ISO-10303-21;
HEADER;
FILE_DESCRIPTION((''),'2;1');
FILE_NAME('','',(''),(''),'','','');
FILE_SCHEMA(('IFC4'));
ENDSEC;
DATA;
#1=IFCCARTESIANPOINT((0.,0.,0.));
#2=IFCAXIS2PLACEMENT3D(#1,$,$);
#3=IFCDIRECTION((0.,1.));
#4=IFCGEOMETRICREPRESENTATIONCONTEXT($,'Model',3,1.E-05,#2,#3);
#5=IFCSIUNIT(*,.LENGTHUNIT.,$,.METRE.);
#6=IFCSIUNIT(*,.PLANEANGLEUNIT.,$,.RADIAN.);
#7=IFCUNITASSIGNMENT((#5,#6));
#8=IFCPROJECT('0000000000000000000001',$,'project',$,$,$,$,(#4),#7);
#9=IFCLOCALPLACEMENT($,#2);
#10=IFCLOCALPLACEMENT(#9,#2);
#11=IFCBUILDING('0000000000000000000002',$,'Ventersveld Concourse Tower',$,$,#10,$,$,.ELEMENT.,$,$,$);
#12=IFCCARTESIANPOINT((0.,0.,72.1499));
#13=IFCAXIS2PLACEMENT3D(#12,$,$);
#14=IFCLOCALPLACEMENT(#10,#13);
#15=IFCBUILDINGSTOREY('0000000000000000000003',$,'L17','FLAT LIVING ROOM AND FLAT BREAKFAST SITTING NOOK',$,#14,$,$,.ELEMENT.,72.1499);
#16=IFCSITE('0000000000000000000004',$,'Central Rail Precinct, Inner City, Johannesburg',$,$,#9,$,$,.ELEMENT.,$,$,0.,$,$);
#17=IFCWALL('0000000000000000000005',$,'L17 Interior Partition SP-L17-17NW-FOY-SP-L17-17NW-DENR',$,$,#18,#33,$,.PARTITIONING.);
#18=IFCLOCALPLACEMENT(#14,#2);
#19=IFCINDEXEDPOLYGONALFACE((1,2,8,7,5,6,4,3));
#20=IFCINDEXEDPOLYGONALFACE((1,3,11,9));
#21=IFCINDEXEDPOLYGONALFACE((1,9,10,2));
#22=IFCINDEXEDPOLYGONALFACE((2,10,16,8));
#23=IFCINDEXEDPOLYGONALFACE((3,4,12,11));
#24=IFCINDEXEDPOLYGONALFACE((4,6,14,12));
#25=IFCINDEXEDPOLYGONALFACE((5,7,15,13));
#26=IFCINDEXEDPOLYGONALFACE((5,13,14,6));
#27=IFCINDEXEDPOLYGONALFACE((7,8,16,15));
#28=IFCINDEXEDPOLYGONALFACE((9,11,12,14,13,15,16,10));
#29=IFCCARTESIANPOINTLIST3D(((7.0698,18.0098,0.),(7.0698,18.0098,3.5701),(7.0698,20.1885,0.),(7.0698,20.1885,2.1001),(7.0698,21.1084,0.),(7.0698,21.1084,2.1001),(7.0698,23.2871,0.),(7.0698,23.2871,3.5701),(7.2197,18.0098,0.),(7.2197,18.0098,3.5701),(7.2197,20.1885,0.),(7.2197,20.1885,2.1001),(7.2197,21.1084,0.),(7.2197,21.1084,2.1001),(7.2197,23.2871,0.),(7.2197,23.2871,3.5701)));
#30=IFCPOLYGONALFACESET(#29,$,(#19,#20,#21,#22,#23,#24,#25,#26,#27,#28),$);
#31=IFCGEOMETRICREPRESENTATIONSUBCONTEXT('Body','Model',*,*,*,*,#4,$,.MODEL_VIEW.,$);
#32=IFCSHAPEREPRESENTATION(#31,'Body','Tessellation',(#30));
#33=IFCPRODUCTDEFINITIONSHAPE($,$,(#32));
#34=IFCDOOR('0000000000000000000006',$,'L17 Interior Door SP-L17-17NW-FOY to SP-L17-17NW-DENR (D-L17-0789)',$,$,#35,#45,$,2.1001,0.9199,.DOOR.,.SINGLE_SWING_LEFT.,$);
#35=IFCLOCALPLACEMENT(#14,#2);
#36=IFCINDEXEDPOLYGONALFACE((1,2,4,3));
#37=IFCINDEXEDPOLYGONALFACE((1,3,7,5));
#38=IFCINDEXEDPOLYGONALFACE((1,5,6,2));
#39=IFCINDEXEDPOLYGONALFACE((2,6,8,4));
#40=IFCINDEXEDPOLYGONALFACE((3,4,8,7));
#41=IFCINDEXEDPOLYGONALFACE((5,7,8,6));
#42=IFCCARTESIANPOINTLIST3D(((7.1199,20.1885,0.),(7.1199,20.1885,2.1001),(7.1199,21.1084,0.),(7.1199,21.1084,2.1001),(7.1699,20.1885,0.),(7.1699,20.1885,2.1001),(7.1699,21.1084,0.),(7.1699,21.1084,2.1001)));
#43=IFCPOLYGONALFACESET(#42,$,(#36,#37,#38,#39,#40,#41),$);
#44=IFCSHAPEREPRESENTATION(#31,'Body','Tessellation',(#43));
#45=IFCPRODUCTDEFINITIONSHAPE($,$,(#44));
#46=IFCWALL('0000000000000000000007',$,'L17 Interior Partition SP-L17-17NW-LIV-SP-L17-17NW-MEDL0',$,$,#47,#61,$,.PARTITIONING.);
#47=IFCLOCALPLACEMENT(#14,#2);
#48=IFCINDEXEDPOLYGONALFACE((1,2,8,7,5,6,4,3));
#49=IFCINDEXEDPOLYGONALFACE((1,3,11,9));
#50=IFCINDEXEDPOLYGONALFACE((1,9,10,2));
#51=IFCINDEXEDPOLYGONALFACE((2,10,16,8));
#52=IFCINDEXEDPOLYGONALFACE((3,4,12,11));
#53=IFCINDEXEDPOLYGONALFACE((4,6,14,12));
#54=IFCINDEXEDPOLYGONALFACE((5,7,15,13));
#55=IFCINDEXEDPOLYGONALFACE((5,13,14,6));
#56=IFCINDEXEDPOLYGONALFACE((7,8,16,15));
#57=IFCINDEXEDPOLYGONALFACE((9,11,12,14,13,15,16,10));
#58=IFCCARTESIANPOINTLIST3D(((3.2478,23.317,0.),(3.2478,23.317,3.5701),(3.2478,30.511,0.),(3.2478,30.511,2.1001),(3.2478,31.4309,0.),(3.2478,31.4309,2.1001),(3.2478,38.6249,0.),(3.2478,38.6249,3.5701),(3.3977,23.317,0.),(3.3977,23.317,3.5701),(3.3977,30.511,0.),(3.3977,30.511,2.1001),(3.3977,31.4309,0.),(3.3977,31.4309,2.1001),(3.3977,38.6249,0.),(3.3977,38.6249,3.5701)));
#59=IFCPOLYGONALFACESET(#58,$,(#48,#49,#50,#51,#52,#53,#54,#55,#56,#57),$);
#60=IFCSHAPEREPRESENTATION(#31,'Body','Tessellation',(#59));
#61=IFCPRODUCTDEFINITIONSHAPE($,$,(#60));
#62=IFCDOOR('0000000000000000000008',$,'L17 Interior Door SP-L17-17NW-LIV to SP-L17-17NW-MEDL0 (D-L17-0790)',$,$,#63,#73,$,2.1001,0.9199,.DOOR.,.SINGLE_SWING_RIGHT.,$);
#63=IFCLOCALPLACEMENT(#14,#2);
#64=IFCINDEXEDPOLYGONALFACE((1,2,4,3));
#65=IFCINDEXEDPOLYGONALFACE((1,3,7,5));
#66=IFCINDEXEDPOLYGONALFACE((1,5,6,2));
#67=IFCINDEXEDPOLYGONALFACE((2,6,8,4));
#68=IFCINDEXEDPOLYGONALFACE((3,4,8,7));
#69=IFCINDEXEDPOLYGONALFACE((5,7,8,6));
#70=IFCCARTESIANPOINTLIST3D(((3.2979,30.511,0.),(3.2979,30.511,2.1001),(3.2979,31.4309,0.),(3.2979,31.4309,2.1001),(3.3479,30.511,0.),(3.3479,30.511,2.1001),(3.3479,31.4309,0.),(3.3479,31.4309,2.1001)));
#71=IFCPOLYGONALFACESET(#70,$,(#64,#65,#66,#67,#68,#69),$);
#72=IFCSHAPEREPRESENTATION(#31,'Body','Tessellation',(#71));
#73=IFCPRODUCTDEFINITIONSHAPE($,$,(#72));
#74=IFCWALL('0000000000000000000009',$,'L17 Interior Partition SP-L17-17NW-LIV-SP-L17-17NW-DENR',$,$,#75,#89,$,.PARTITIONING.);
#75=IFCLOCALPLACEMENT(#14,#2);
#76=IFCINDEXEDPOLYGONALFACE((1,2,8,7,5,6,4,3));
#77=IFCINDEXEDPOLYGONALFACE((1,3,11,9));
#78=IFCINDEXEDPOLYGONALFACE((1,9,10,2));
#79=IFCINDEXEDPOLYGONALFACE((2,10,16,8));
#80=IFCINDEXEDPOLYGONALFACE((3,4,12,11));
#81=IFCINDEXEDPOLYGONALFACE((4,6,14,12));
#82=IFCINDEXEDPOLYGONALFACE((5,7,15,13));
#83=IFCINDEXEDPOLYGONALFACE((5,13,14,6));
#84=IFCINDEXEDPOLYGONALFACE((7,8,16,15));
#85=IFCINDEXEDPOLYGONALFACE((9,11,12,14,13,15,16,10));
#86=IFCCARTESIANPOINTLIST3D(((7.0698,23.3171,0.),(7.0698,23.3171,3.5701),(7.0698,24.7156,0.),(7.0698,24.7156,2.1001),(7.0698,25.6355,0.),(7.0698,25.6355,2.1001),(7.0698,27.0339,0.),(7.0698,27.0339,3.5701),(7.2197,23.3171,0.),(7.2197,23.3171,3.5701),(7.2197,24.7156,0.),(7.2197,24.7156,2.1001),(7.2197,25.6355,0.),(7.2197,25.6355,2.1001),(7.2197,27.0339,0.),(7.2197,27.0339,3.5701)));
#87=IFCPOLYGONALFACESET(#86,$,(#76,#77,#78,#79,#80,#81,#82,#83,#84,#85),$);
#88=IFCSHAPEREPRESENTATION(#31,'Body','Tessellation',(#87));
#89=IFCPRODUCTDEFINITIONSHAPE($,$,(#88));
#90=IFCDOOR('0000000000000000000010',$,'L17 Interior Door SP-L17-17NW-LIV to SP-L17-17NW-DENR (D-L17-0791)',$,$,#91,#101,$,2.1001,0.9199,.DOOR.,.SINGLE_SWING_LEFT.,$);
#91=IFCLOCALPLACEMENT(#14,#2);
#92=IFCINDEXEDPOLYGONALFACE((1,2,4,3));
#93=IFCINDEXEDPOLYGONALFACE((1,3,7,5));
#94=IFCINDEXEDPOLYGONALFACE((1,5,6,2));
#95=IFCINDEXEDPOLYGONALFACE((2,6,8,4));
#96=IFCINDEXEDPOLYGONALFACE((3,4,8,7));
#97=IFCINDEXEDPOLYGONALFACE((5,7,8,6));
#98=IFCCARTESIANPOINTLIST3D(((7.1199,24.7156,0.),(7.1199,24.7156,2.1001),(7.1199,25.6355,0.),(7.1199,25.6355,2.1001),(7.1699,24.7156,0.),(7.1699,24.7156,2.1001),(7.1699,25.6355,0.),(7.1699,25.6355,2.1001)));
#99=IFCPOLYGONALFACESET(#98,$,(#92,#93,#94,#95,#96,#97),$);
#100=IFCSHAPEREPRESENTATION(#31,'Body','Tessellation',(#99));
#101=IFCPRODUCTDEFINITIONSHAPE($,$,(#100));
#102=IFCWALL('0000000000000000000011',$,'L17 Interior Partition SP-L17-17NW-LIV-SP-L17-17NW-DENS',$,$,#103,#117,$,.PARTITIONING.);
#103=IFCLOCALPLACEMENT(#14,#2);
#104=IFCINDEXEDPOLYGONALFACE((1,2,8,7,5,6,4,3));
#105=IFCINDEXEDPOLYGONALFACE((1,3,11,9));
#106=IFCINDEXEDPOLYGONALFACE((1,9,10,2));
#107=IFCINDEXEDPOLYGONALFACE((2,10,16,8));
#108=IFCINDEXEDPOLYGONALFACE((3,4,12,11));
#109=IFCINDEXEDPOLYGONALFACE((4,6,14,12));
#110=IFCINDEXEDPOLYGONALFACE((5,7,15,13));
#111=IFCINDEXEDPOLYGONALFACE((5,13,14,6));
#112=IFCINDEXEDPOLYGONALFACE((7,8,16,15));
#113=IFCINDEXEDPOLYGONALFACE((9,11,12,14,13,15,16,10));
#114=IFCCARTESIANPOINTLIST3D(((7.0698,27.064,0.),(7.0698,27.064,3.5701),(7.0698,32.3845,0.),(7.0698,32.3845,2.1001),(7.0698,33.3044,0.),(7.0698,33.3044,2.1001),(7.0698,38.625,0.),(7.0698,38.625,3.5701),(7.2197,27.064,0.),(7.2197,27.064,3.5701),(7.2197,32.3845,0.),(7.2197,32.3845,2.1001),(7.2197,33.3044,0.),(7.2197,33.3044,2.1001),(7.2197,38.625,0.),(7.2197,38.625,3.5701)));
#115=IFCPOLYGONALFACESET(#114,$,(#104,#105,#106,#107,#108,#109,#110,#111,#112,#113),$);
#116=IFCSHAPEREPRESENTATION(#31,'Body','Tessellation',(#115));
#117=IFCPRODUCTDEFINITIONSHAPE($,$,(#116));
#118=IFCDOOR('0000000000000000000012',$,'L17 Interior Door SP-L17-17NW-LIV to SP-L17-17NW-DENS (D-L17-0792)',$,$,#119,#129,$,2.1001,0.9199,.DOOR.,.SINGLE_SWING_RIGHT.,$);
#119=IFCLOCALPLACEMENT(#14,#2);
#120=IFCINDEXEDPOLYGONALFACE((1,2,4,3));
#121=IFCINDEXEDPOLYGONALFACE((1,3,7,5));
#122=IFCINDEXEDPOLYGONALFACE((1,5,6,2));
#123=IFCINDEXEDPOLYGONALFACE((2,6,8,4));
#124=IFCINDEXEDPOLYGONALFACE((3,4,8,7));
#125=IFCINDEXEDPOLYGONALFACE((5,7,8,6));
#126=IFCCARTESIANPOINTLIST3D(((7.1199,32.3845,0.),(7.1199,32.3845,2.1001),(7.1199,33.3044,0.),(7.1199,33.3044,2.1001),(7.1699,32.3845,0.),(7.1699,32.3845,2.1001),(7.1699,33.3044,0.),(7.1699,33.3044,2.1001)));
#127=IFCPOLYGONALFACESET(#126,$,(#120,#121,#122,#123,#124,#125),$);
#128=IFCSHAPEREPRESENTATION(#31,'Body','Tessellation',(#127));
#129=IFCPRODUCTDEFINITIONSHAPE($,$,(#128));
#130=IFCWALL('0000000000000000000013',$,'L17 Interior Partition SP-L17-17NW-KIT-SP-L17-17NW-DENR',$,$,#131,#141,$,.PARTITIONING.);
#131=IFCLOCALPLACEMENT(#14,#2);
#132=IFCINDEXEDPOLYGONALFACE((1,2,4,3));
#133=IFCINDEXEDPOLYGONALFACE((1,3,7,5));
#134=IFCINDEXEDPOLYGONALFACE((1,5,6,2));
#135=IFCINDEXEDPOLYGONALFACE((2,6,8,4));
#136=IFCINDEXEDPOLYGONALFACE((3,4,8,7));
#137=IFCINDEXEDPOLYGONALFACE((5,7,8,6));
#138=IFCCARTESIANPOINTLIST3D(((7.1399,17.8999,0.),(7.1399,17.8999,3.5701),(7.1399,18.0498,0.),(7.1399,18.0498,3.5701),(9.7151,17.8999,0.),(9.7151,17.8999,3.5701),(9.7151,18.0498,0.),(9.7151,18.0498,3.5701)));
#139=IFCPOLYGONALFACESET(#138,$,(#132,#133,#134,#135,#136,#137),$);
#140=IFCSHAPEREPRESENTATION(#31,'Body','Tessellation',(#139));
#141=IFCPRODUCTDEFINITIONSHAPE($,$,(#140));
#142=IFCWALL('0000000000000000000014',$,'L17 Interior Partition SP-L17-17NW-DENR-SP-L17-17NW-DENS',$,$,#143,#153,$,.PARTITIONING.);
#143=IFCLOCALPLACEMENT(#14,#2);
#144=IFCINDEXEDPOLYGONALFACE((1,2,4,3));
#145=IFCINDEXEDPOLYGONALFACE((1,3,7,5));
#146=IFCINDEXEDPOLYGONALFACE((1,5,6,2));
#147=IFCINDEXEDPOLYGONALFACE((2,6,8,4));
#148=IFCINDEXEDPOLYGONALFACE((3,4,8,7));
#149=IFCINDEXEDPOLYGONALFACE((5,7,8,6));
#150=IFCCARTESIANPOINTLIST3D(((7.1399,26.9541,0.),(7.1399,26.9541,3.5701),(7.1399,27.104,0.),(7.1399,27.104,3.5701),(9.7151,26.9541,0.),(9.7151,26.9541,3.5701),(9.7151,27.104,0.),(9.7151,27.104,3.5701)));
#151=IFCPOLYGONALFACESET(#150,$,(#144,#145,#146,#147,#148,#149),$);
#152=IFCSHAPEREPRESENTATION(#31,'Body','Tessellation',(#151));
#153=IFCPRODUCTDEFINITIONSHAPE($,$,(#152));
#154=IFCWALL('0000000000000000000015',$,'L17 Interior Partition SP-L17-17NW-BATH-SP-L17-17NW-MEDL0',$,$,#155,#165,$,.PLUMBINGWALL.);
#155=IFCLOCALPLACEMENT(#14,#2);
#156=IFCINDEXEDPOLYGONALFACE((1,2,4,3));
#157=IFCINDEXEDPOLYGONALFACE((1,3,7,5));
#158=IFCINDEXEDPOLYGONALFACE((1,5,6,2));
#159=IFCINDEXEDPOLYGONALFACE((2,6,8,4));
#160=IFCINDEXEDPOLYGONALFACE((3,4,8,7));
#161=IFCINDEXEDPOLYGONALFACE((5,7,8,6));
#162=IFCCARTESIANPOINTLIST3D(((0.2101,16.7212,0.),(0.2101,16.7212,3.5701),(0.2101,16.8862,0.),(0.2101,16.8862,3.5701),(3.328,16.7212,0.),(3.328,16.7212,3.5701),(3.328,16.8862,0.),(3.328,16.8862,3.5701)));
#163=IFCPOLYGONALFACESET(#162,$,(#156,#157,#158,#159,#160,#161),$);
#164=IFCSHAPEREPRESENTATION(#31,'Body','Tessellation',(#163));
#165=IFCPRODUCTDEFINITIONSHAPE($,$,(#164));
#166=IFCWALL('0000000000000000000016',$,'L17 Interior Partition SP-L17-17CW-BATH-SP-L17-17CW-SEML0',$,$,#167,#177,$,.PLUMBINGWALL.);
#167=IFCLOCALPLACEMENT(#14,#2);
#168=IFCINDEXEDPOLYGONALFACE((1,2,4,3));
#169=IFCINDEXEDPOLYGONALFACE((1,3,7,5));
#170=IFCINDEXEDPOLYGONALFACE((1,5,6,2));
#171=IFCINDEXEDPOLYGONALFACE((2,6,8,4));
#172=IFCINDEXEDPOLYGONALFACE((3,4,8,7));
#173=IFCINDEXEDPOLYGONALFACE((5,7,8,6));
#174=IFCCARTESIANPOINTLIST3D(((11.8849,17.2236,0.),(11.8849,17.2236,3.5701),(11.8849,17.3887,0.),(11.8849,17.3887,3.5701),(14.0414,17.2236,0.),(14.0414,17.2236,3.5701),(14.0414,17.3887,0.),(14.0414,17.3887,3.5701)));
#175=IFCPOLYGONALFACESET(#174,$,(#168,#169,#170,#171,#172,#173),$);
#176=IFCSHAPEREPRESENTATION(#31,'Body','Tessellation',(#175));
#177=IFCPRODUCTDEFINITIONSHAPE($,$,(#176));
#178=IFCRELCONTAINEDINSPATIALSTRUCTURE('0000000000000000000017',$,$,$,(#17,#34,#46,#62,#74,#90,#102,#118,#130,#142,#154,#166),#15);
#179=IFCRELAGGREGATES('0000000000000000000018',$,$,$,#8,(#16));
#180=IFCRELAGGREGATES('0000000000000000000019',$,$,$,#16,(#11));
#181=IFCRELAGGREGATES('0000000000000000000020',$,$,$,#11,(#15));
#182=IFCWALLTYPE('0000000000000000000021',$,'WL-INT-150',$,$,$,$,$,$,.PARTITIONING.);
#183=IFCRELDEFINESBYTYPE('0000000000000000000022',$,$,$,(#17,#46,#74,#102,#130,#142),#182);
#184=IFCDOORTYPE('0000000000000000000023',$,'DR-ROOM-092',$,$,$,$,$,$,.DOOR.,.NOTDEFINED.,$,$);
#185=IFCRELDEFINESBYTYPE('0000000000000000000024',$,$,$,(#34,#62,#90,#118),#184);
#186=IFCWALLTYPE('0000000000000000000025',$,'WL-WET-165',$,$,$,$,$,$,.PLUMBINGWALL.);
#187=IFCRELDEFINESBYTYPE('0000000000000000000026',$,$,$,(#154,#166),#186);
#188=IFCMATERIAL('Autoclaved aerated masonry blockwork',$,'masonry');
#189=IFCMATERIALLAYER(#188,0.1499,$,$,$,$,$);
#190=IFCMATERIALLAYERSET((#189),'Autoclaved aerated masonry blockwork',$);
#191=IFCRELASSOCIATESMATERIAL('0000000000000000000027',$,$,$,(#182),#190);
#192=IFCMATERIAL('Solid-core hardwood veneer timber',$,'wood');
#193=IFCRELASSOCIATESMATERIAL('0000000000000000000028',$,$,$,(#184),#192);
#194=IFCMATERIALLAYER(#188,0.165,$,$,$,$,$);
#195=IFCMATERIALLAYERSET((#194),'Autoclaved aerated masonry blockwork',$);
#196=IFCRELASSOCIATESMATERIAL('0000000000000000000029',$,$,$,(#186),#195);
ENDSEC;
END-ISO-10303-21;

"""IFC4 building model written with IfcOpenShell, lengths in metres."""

from ifc_helpers import new_model, si_unit, direction, frame, frame_2d, origin, place, context, subcontext, project, spatial, rectangle, extrude, material, layer, layer_set, type_object, element, fill, save


model = new_model("IFC4")

# Units and contexts
model_context = context("Model", 3, precision=1e-05, world=origin(), true_north=direction((0.0, 1.0)))
body_context = subcontext(model_context, "Body", "Model", "MODEL_VIEW")
ifc_project = project(units=[si_unit("LENGTHUNIT", "METRE"), si_unit("PLANEANGLEUNIT", "RADIAN")], contexts=[model_context])

# Site, building, storey
site_placement = place(None, origin())
site = spatial("IfcSite", under=ifc_project, at=site_placement, Name="Central Rail Precinct, Inner City, Johannesburg", CompositionType="ELEMENT", RefElevation=0.0)
building_placement = place(site_placement, origin())
building = spatial("IfcBuilding", under=site, at=building_placement, Name="Ventersveld Concourse Tower", CompositionType="ELEMENT")
storey_placement = place(building_placement, frame((0.0, 0.0, 72.1499)))
storey = spatial("IfcBuildingStorey", under=building, at=storey_placement, Name="L17", Description="FLAT LIVING ROOM AND FLAT BREAKFAST SITTING NOOK", CompositionType="ELEMENT", Elevation=72.1499)

# Walls, openings, doors
ifc_material_1 = material(Name="Autoclaved aerated masonry blockwork", Category="masonry")
ifc_layer_1 = layer(ifc_material_1, 0.1499)
ifc_layer_set_1 = layer_set([ifc_layer_1], Name="Autoclaved aerated masonry blockwork")
wall_type_1 = type_object("IfcWallType", Name="WL-INT-150", PredefinedType="PARTITIONING", material=ifc_layer_set_1)
ifc_material_2 = material(Name="Solid-core hardwood veneer timber", Category="wood")
door_type = type_object("IfcDoorType", Name="DR-ROOM-092", OperationType="NOTDEFINED", PredefinedType="DOOR", material=ifc_material_2)
wall_1_placement = place(storey_placement, frame((7.1448, 18.0098, 0.0), z_axis=(0.0, 0.0, 1.0), x_axis=(0.0, 1.0, 0.0)))
wall_1 = element("IfcWall", 1, at=wall_1_placement, inside=storey, type_object=wall_type_1, Name="L17 Interior Partition SP-L17-17NW-FOY-SP-L17-17NW-DENR", PredefinedType="PARTITIONING", context=body_context, shape_type="SweptSolid", body=[
    extrude(rectangle(XDim=5.2773, YDim=0.1499, at=frame_2d((2.6387, 0.0))), origin(), (0.0, 0.0, 1.0), 3.5701),
])
opening_1_placement = place(wall_1_placement, frame((2.1787, 0.0, 0.0)))
opening_1 = element("IfcOpeningElement", 2, at=opening_1_placement, cuts=wall_1, PredefinedType="OPENING", context=body_context, shape_type="SweptSolid", body=[
    extrude(rectangle(XDim=0.9199, YDim=2.1001, at=frame_2d((0.46, 1.05))), frame((0.0, 0.085, 0.0), z_axis=(0.0, -1.0, 0.0), x_axis=(1.0, 0.0, 0.0)), (0.0, 0.0, 1.0), 0.1699),
])
door_1_placement = place(opening_1_placement, origin())
door_1 = element("IfcDoor", 3, at=door_1_placement, inside=storey, type_object=door_type, Name="L17 Interior Door SP-L17-17NW-FOY to SP-L17-17NW-DENR (D-L17-0789)", OperationType="SINGLE_SWING_LEFT", OverallHeight=2.1001, OverallWidth=0.9199, PredefinedType="DOOR", context=body_context, shape_type="SweptSolid", body=[
    extrude(rectangle(XDim=0.9199, YDim=2.1001, at=frame_2d((0.46, 1.05))), frame((0.0, 0.0249, 0.0), z_axis=(0.0, -1.0, 0.0), x_axis=(1.0, 0.0, 0.0)), (0.0, 0.0, 1.0), 0.05),
])
fill(opening_1, door_1)
wall_2_placement = place(storey_placement, frame((3.3228, 23.3171, 0.0), z_axis=(0.0, 0.0, 1.0), x_axis=(0.0, 1.0, 0.0)))
wall_2 = element("IfcWall", 4, at=wall_2_placement, inside=storey, type_object=wall_type_1, Name="L17 Interior Partition SP-L17-17NW-LIV-SP-L17-17NW-MEDL0", PredefinedType="PARTITIONING", context=body_context, shape_type="SweptSolid", body=[
    extrude(rectangle(XDim=15.3079, YDim=0.1499, at=frame_2d((7.6538, 0.0))), origin(), (0.0, 0.0, 1.0), 3.5701),
])
opening_2_placement = place(wall_2_placement, frame((7.1938, 0.0, 0.0)))
opening_2 = element("IfcOpeningElement", 5, at=opening_2_placement, cuts=wall_2, PredefinedType="OPENING", context=body_context, shape_type="SweptSolid", body=[
    extrude(rectangle(XDim=0.9199, YDim=2.1001, at=frame_2d((0.46, 1.05))), frame((0.0, 0.085, 0.0), z_axis=(0.0, -1.0, 0.0), x_axis=(1.0, 0.0, 0.0)), (0.0, 0.0, 1.0), 0.1699),
])
door_2_placement = place(opening_2_placement, origin())
door_2 = element("IfcDoor", 6, at=door_2_placement, inside=storey, type_object=door_type, Name="L17 Interior Door SP-L17-17NW-LIV to SP-L17-17NW-MEDL0 (D-L17-0790)", OperationType="SINGLE_SWING_RIGHT", OverallHeight=2.1001, OverallWidth=0.9199, PredefinedType="DOOR", context=body_context, shape_type="SweptSolid", body=[
    extrude(rectangle(XDim=0.9199, YDim=2.1001, at=frame_2d((0.46, 1.05))), frame((0.0, 0.0249, 0.0), z_axis=(0.0, -1.0, 0.0), x_axis=(1.0, 0.0, 0.0)), (0.0, 0.0, 1.0), 0.05),
])
fill(opening_2, door_2)
wall_3_placement = place(storey_placement, frame((7.1448, 23.3171, 0.0), z_axis=(0.0, 0.0, 1.0), x_axis=(0.0, 1.0, 0.0)))
wall_3 = element("IfcWall", 7, at=wall_3_placement, inside=storey, type_object=wall_type_1, Name="L17 Interior Partition SP-L17-17NW-LIV-SP-L17-17NW-DENR", PredefinedType="PARTITIONING", context=body_context, shape_type="SweptSolid", body=[
    extrude(rectangle(XDim=3.7168, YDim=0.1499, at=frame_2d((1.8584, 0.0))), origin(), (0.0, 0.0, 1.0), 3.5701),
])
opening_3_placement = place(wall_3_placement, frame((1.3984, 0.0, 0.0)))
opening_3 = element("IfcOpeningElement", 8, at=opening_3_placement, cuts=wall_3, PredefinedType="OPENING", context=body_context, shape_type="SweptSolid", body=[
    extrude(rectangle(XDim=0.9199, YDim=2.1001, at=frame_2d((0.46, 1.05))), frame((0.0, 0.085, 0.0), z_axis=(0.0, -1.0, 0.0), x_axis=(1.0, 0.0, 0.0)), (0.0, 0.0, 1.0), 0.1699),
])
door_3_placement = place(opening_3_placement, origin())
door_3 = element("IfcDoor", 9, at=door_3_placement, inside=storey, type_object=door_type, Name="L17 Interior Door SP-L17-17NW-LIV to SP-L17-17NW-DENR (D-L17-0791)", OperationType="SINGLE_SWING_LEFT", OverallHeight=2.1001, OverallWidth=0.9199, PredefinedType="DOOR", context=body_context, shape_type="SweptSolid", body=[
    extrude(rectangle(XDim=0.9199, YDim=2.1001, at=frame_2d((0.46, 1.05))), frame((0.0, 0.0249, 0.0), z_axis=(0.0, -1.0, 0.0), x_axis=(1.0, 0.0, 0.0)), (0.0, 0.0, 1.0), 0.05),
])
fill(opening_3, door_3)
wall_4_placement = place(storey_placement, frame((7.1448, 27.064, 0.0), z_axis=(0.0, 0.0, 1.0), x_axis=(0.0, 1.0, 0.0)))
wall_4 = element("IfcWall", 10, at=wall_4_placement, inside=storey, type_object=wall_type_1, Name="L17 Interior Partition SP-L17-17NW-LIV-SP-L17-17NW-DENS", PredefinedType="PARTITIONING", context=body_context, shape_type="SweptSolid", body=[
    extrude(rectangle(XDim=11.561, YDim=0.1499, at=frame_2d((5.7805, 0.0))), origin(), (0.0, 0.0, 1.0), 3.5701),
])
opening_4_placement = place(wall_4_placement, frame((5.3206, 0.0, 0.0)))
opening_4 = element("IfcOpeningElement", 11, at=opening_4_placement, cuts=wall_4, PredefinedType="OPENING", context=body_context, shape_type="SweptSolid", body=[
    extrude(rectangle(XDim=0.9199, YDim=2.1001, at=frame_2d((0.46, 1.05))), frame((0.0, 0.085, 0.0), z_axis=(0.0, -1.0, 0.0), x_axis=(1.0, 0.0, 0.0)), (0.0, 0.0, 1.0), 0.1699),
])
door_4_placement = place(opening_4_placement, origin())
door_4 = element("IfcDoor", 12, at=door_4_placement, inside=storey, type_object=door_type, Name="L17 Interior Door SP-L17-17NW-LIV to SP-L17-17NW-DENS (D-L17-0792)", OperationType="SINGLE_SWING_RIGHT", OverallHeight=2.1001, OverallWidth=0.9199, PredefinedType="DOOR", context=body_context, shape_type="SweptSolid", body=[
    extrude(rectangle(XDim=0.9199, YDim=2.1001, at=frame_2d((0.46, 1.05))), frame((0.0, 0.0249, 0.0), z_axis=(0.0, -1.0, 0.0), x_axis=(1.0, 0.0, 0.0)), (0.0, 0.0, 1.0), 0.05),
])
fill(opening_4, door_4)

# Walls
for number, where, z_axis, x_axis, name in (
    (13, (7.1399, 17.9749, 0.0), (0.0, 0.0, 1.0), (1.0, 0.0, 0.0), "L17 Interior Partition SP-L17-17NW-KIT-SP-L17-17NW-DENR"),
    (14, (7.1399, 27.0291, 0.0), (0.0, 0.0, 1.0), (1.0, 0.0, 0.0), "L17 Interior Partition SP-L17-17NW-DENR-SP-L17-17NW-DENS"),
):
    element("IfcWall", number, at=place(storey_placement, frame(where, z_axis=z_axis, x_axis=x_axis)), inside=storey, type_object=wall_type_1, Name=name, PredefinedType="PARTITIONING", context=body_context, shape_type="SweptSolid", body=[
        extrude(rectangle(XDim=2.5752, YDim=0.1499, at=frame_2d((1.2876, 0.0))), origin(), (0.0, 0.0, 1.0), 3.5701),
    ])
ifc_layer_2 = layer(ifc_material_1, 0.165)
ifc_layer_set_2 = layer_set([ifc_layer_2], Name="Autoclaved aerated masonry blockwork")
wall_type_2 = type_object("IfcWallType", Name="WL-WET-165", PredefinedType="PLUMBINGWALL", material=ifc_layer_set_2)
wall_5_placement = place(storey_placement, frame((0.21, 16.8037, 0.0), z_axis=(0.0, 0.0, 1.0), x_axis=(1.0, 0.0, 0.0)))
element("IfcWall", 15, at=wall_5_placement, inside=storey, type_object=wall_type_2, Name="L17 Interior Partition SP-L17-17NW-BATH-SP-L17-17NW-MEDL0", PredefinedType="PLUMBINGWALL", context=body_context, shape_type="SweptSolid", body=[
    extrude(rectangle(XDim=3.1179, YDim=0.165, at=frame_2d((1.5591, 0.0))), origin(), (0.0, 0.0, 1.0), 3.5701),
])
wall_6_placement = place(storey_placement, frame((11.885, 17.3062, 0.0), z_axis=(0.0, 0.0, 1.0), x_axis=(1.0, 0.0, 0.0)))
element("IfcWall", 16, at=wall_6_placement, inside=storey, type_object=wall_type_2, Name="L17 Interior Partition SP-L17-17CW-BATH-SP-L17-17CW-SEML0", PredefinedType="PLUMBINGWALL", context=body_context, shape_type="SweptSolid", body=[
    extrude(rectangle(XDim=2.1565, YDim=0.165, at=frame_2d((1.0781, 0.0))), origin(), (0.0, 0.0, 1.0), 3.5701),
])

save(model, "model.ifc")
